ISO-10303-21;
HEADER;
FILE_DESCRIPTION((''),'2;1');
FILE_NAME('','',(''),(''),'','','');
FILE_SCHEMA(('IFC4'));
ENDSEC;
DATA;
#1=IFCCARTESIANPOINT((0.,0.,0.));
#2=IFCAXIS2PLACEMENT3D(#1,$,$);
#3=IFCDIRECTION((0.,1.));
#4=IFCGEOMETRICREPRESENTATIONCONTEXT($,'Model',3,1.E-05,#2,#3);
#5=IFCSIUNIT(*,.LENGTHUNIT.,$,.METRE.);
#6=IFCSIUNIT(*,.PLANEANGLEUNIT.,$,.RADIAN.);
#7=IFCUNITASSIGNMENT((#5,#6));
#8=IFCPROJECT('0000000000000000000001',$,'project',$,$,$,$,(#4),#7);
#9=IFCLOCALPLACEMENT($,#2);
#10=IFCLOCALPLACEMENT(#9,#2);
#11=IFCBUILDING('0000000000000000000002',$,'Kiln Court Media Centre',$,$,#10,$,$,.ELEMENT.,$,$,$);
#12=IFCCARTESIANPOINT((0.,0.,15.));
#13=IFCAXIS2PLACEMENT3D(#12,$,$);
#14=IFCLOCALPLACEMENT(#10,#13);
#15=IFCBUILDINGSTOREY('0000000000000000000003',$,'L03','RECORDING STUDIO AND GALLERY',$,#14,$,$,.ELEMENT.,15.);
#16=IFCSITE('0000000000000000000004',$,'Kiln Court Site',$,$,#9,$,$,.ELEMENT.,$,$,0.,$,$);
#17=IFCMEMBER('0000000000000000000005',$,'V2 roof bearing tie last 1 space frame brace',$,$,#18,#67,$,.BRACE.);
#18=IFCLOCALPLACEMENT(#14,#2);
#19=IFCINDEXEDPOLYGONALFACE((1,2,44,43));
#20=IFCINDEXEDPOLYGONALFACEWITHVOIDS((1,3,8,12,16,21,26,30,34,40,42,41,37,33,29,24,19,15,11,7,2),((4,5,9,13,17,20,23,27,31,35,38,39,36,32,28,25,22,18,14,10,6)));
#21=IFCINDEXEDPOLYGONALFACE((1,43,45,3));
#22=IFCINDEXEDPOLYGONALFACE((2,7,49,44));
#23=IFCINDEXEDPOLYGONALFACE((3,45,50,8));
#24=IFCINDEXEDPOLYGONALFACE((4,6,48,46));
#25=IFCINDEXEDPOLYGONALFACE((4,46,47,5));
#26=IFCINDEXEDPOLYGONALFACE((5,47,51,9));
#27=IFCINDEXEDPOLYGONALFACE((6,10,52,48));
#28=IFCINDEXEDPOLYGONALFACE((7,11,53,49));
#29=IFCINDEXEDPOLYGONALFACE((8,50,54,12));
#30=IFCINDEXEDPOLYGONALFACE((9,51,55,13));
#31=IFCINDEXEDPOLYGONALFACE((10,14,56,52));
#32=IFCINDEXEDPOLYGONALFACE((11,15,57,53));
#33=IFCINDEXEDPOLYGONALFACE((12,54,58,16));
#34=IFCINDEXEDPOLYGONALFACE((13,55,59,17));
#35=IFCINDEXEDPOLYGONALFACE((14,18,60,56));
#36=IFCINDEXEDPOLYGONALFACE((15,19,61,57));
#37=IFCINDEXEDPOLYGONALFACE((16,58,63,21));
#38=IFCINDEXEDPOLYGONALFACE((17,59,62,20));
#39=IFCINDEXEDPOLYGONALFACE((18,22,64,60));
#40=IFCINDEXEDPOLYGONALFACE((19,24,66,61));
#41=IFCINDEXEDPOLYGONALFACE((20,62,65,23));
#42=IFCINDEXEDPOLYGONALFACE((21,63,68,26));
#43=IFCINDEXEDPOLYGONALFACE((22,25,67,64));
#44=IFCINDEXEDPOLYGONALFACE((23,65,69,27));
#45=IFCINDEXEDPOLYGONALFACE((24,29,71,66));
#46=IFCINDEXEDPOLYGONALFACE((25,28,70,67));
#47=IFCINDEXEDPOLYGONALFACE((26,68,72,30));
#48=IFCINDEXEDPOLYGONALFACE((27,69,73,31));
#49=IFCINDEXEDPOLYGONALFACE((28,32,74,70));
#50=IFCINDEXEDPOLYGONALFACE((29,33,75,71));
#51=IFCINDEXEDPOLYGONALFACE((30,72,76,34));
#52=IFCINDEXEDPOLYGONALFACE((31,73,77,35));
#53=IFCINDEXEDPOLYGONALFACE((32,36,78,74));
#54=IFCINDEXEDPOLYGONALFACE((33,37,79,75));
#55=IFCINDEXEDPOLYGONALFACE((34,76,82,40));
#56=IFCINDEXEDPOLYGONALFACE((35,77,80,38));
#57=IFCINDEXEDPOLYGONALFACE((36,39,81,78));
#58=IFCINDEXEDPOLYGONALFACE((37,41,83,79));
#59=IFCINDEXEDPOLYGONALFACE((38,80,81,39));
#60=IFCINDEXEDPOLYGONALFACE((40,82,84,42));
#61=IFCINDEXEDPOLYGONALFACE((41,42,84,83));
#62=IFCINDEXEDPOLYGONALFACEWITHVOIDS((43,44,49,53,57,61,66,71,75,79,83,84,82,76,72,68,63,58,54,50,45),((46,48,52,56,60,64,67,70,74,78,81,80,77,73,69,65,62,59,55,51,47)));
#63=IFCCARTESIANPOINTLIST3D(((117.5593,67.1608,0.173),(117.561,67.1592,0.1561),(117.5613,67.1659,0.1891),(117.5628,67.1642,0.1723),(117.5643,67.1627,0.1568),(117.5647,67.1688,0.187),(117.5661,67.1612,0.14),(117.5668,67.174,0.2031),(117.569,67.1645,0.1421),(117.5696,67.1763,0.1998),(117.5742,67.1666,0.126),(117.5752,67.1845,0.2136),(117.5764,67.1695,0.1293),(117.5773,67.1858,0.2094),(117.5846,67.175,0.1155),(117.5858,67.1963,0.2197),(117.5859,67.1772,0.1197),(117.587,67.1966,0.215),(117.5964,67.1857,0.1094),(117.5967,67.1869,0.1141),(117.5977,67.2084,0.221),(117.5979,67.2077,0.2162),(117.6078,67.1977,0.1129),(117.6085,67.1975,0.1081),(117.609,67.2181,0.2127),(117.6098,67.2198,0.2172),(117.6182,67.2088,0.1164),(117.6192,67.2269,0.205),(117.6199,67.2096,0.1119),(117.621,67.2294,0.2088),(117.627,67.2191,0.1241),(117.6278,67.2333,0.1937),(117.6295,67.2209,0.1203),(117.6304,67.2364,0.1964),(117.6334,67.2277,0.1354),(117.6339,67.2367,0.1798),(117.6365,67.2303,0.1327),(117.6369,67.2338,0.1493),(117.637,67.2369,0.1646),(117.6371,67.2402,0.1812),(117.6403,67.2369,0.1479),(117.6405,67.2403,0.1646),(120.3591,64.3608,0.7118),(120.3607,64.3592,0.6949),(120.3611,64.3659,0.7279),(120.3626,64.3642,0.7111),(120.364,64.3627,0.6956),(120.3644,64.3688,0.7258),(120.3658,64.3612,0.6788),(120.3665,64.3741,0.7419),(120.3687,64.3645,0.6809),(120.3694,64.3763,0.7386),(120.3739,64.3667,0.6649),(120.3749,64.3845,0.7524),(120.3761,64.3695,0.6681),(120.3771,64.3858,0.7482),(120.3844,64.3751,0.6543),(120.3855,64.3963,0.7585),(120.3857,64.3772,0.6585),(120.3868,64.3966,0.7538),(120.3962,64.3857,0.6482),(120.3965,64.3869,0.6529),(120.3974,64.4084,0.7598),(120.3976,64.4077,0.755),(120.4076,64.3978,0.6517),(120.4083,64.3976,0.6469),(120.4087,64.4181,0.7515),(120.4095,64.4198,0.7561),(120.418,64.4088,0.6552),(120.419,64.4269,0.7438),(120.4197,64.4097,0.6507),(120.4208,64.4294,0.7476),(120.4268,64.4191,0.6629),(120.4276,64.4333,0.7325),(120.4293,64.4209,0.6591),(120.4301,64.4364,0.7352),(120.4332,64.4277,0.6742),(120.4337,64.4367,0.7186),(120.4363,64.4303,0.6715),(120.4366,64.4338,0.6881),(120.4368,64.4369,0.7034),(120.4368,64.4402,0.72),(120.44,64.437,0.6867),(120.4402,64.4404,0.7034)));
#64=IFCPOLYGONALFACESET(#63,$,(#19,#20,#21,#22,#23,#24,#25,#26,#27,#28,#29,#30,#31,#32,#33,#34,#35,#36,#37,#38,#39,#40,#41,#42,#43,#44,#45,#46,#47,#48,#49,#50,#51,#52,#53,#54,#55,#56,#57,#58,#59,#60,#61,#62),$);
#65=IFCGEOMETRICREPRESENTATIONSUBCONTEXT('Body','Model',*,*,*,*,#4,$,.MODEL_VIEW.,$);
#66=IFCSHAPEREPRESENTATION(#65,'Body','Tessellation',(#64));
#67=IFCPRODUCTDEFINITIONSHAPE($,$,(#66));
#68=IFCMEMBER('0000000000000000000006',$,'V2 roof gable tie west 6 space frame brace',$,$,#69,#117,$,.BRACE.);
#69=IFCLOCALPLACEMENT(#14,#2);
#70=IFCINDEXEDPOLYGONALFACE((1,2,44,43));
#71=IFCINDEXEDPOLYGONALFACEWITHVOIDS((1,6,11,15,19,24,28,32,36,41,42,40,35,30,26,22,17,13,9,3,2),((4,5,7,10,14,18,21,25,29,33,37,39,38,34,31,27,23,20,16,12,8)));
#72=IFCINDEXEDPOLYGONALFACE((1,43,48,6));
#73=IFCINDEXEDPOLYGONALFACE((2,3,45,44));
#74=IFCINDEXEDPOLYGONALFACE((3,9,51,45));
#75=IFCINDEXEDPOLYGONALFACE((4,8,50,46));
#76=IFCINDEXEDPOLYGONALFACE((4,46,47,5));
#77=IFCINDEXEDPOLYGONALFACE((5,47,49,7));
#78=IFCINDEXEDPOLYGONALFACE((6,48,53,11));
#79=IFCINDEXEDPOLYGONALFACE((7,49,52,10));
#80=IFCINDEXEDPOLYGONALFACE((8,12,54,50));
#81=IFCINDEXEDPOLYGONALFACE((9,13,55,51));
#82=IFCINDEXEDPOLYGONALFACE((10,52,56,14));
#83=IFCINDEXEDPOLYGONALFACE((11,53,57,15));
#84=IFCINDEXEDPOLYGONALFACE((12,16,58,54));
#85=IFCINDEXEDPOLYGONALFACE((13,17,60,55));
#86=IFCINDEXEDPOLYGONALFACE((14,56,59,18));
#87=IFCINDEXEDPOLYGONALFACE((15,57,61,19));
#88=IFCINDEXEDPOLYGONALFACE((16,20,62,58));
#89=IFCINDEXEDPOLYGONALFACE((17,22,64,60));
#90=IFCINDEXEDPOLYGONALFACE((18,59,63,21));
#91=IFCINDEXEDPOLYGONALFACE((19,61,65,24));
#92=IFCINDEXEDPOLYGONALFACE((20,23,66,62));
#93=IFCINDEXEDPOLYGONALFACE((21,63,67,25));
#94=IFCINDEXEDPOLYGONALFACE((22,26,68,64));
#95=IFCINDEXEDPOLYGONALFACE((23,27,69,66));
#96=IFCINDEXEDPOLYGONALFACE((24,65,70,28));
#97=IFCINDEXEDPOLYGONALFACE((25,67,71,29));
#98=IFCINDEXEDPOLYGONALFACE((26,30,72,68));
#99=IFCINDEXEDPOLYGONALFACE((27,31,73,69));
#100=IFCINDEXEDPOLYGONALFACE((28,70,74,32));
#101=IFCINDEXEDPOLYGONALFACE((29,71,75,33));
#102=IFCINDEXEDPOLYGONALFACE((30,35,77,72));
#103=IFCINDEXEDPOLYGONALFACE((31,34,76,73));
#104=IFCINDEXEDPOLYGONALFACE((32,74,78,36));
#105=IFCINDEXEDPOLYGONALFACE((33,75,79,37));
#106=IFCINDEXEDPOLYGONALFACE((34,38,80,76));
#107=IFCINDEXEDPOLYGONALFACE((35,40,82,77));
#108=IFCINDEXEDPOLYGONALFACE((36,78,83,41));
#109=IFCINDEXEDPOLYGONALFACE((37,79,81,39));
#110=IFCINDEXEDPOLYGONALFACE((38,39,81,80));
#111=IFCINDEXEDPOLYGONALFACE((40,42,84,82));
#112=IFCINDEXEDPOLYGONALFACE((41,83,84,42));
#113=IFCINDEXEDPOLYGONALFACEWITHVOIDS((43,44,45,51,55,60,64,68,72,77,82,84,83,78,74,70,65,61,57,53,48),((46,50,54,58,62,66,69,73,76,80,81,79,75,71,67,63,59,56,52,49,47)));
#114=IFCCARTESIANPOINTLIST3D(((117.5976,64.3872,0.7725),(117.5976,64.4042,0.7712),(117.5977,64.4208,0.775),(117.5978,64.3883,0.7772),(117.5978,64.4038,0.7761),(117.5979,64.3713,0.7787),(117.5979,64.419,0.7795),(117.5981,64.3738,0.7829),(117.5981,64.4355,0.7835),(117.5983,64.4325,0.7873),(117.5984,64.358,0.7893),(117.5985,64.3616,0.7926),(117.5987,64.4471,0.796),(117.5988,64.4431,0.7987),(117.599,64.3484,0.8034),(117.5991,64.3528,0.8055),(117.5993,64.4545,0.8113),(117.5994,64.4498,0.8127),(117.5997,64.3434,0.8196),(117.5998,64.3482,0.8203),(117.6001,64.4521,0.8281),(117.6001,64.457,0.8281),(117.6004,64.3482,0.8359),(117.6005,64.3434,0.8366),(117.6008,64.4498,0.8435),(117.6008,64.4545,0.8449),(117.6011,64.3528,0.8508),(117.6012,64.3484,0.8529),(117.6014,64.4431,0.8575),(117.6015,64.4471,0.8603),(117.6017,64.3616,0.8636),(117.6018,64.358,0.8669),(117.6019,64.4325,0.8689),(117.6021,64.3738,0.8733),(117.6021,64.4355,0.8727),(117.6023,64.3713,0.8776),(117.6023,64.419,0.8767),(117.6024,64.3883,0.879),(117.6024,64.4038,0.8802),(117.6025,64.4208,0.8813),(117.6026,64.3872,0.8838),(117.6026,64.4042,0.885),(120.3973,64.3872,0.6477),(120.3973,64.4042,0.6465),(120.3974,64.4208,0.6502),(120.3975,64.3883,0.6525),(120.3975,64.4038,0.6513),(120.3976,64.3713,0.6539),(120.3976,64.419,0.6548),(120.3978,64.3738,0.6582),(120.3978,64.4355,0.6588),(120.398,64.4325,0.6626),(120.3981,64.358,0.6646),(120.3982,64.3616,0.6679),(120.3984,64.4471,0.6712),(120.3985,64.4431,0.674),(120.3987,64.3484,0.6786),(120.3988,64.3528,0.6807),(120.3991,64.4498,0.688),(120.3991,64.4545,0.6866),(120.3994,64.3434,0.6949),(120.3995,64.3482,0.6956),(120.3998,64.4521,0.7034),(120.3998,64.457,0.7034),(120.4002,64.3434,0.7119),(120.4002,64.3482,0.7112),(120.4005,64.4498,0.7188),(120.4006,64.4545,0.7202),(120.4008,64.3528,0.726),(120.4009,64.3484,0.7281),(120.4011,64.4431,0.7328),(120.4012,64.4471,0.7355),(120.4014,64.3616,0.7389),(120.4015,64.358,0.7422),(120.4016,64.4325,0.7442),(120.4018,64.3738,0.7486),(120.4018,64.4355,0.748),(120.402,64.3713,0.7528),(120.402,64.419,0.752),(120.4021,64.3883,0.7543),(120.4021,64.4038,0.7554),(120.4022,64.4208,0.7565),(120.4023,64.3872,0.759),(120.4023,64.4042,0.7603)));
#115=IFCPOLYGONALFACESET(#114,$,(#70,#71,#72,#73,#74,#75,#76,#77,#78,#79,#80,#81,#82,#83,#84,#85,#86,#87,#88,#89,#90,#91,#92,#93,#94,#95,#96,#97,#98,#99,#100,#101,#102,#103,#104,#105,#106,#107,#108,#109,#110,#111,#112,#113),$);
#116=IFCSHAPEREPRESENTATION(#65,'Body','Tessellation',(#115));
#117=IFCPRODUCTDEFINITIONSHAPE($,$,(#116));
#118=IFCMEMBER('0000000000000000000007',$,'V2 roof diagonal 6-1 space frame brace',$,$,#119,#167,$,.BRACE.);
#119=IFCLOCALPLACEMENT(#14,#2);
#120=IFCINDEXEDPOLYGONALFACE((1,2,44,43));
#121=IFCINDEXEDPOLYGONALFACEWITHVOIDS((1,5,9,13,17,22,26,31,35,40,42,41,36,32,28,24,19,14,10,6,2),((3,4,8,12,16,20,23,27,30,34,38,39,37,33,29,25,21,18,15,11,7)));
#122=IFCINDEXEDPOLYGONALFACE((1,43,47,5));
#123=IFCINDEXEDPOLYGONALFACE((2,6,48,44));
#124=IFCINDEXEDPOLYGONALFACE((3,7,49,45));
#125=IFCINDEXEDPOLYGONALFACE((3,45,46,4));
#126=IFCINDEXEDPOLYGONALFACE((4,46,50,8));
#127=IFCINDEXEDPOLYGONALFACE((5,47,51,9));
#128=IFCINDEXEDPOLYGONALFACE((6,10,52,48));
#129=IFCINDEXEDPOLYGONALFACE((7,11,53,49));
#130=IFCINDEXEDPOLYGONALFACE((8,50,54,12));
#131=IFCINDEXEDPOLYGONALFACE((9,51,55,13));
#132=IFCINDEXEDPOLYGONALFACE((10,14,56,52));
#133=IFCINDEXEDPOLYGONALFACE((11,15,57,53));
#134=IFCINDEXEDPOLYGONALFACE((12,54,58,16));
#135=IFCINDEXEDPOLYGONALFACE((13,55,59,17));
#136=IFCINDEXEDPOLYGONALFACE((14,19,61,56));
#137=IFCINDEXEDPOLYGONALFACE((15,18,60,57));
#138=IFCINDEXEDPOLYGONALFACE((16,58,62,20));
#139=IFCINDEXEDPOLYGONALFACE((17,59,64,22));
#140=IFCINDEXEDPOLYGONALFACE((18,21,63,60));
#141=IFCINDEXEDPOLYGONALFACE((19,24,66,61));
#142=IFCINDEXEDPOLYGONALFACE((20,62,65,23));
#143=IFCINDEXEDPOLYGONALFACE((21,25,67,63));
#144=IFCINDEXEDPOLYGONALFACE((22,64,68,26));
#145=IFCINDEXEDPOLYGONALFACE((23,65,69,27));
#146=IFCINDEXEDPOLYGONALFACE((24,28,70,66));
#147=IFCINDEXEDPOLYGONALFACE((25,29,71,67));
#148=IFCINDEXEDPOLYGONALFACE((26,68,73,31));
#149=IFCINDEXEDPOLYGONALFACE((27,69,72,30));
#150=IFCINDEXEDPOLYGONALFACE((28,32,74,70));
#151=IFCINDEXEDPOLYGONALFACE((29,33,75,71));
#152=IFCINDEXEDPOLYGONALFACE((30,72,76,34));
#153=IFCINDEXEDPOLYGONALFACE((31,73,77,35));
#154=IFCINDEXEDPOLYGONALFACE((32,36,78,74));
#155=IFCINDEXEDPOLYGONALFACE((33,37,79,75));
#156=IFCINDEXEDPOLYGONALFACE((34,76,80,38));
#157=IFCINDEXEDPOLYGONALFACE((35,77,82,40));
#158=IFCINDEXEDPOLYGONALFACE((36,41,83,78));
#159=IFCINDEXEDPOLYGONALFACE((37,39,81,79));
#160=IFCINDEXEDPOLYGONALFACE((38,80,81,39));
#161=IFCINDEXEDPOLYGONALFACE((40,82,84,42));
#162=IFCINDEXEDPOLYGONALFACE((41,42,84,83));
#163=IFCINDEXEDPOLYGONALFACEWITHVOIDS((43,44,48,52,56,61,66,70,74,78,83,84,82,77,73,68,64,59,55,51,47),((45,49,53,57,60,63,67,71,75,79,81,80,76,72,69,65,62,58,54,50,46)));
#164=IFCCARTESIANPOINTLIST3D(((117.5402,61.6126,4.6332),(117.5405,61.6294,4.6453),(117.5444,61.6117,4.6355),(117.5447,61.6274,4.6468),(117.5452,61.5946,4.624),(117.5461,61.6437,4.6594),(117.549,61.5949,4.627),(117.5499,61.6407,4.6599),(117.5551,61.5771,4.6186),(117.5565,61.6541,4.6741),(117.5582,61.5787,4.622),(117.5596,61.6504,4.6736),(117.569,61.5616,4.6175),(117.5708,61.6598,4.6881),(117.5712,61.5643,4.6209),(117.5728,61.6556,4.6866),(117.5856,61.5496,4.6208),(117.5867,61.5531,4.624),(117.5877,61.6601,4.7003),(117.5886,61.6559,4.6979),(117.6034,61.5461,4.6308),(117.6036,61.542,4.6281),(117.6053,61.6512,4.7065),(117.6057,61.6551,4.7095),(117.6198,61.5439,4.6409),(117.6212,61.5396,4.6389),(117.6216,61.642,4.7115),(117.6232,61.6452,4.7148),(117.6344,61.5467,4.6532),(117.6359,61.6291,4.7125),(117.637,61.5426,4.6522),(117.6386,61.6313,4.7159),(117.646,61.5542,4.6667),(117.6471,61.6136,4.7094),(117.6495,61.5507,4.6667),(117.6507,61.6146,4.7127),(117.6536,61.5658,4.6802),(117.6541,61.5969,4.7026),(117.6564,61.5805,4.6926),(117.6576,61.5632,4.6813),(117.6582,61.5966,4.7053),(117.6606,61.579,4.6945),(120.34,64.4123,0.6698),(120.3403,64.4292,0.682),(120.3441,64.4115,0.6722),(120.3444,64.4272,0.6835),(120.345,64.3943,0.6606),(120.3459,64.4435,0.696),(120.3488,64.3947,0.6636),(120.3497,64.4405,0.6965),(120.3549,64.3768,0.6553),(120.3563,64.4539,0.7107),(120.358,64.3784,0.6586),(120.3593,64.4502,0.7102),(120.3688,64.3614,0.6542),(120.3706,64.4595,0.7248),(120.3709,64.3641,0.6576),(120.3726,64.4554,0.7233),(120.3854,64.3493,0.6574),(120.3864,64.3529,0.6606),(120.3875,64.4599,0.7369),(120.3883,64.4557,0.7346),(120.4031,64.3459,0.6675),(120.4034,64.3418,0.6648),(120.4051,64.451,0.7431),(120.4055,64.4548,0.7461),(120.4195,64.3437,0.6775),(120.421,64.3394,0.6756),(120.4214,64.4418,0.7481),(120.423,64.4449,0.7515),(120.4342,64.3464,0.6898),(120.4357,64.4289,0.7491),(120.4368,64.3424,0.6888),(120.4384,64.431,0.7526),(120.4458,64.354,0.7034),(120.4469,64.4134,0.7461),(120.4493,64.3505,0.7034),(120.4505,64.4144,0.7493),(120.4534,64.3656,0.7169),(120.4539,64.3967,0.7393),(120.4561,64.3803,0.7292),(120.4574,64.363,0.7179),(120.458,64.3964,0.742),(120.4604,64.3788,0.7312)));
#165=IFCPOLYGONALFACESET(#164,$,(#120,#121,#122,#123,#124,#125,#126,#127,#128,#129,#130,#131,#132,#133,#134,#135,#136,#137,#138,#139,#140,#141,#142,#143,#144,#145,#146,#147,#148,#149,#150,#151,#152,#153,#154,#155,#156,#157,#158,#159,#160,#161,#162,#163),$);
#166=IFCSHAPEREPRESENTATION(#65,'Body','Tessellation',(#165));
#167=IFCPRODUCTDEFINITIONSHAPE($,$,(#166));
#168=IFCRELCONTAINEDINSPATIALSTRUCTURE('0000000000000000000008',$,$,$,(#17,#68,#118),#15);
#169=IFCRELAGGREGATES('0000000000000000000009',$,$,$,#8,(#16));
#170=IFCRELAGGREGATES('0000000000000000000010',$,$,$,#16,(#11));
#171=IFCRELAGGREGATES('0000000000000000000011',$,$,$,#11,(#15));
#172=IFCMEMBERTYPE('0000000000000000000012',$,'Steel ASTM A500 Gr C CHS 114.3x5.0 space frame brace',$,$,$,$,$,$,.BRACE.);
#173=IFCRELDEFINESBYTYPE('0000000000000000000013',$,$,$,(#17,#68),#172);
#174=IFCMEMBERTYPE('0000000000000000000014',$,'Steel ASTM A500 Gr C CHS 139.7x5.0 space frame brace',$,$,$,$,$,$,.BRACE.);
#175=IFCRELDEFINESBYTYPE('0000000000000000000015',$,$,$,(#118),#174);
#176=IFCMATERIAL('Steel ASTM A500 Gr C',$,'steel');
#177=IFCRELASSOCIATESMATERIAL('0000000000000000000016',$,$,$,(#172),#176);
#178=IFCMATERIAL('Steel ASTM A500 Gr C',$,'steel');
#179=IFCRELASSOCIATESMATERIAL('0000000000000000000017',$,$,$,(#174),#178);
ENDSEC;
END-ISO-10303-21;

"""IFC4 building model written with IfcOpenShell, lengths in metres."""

from ifc_helpers import new_model, si_unit, direction, frame, origin, origin_2d, place, context, subcontext, project, spatial, hollow_circle, extrude, material, material_profile, profile_set, type_object, element, save


model = new_model("IFC4")

# Units and contexts
model_context = context("Model", 3, precision=1e-05, world=origin(), true_north=direction((0.0, 1.0)))
body_context = subcontext(model_context, "Body", "Model", "MODEL_VIEW")
ifc_project = project(units=[si_unit("LENGTHUNIT", "METRE"), si_unit("PLANEANGLEUNIT", "RADIAN")], contexts=[model_context])

# Site, building, storey
site_placement = place(None, origin())
site = spatial("IfcSite", under=ifc_project, at=site_placement, Name="Kiln Court Site", CompositionType="ELEMENT", RefElevation=0.0)
building_placement = place(site_placement, origin())
building = spatial("IfcBuilding", under=site, at=building_placement, Name="Kiln Court Media Centre", CompositionType="ELEMENT")
storey_placement = place(building_placement, frame((0.0, 0.0, 15.0)))
storey = spatial("IfcBuildingStorey", under=building, at=storey_placement, Name="L03", Description="RECORDING STUDIO AND GALLERY", CompositionType="ELEMENT", Elevation=15.0)

# Members
ifc_material_1 = material(Name="Steel ASTM A500 Gr C", Category="steel")
ifc_material_profile_1 = material_profile(ifc_material_1, hollow_circle(Radius=0.0571, WallThickness=0.0049, at=origin_2d()), Name="CHS 114.3x5.0")
ifc_profile_set_1 = profile_set([ifc_material_profile_1], Name="Steel ASTM A500 Gr C")
member_type_1 = type_object("IfcMemberType", Name="Steel ASTM A500 Gr C CHS 114.3x5.0 space frame brace", PredefinedType="BRACE", material=ifc_profile_set_1)
member_1_placement = place(storey_placement, frame((117.6001, 67.2, 0.1646), z_axis=(0.700619, -0.70068, 0.134833), x_axis=(0.707138, 0.707076, 0.0)))
element("IfcMember", 1, at=member_1_placement, inside=storey, type_object=member_type_1, Name="V2 roof bearing tie last 1 space frame brace", PredefinedType="BRACE", context=body_context, shape_type="SweptSolid", body=[
    extrude(hollow_circle(Radius=0.0571, WallThickness=0.0049, at=origin_2d()), origin(), (0.0, 0.0, 1.0), 3.9961),
])
member_2_placement = place(storey_placement, frame((117.6001, 64.3999, 0.8281), z_axis=(0.999009, 0.0, -0.044515), x_axis=(0.0, 1.0, 0.0)))
element("IfcMember", 2, at=member_2_placement, inside=storey, type_object=member_type_1, Name="V2 roof gable tie west 6 space frame brace", PredefinedType="BRACE", context=body_context, shape_type="SweptSolid", body=[
    extrude(hollow_circle(Radius=0.0571, WallThickness=0.0049, at=origin_2d()), origin(), (0.0, 0.0, 1.0), 2.8025),
])
ifc_material_2 = material(Name="Steel ASTM A500 Gr C", Category="steel")
ifc_material_profile_2 = material_profile(ifc_material_2, hollow_circle(Radius=0.0698, WallThickness=0.0049, at=origin_2d()), Name="CHS 139.7x5.0")
ifc_profile_set_2 = profile_set([ifc_material_profile_2], Name="Steel ASTM A500 Gr C")
member_type_2 = type_object("IfcMemberType", Name="Steel ASTM A500 Gr C CHS 139.7x5.0 space frame brace", PredefinedType="BRACE", material=ifc_profile_set_2)
member_3_placement = place(storey_placement, frame((120.3999, 64.3999, 0.7034), z_axis=(-0.499757, -0.499757, 0.707451), x_axis=(0.707107, -0.707107, 0.0)))
element("IfcMember", 3, at=member_3_placement, inside=storey, type_object=member_type_2, Name="V2 roof diagonal 6-1 space frame brace", PredefinedType="BRACE", context=body_context, shape_type="SweptSolid", body=[
    extrude(hollow_circle(Radius=0.0698, WallThickness=0.0049, at=origin_2d()), origin(), (0.0, 0.0, 1.0), 5.6023),
])

save(model, "model.ifc")
